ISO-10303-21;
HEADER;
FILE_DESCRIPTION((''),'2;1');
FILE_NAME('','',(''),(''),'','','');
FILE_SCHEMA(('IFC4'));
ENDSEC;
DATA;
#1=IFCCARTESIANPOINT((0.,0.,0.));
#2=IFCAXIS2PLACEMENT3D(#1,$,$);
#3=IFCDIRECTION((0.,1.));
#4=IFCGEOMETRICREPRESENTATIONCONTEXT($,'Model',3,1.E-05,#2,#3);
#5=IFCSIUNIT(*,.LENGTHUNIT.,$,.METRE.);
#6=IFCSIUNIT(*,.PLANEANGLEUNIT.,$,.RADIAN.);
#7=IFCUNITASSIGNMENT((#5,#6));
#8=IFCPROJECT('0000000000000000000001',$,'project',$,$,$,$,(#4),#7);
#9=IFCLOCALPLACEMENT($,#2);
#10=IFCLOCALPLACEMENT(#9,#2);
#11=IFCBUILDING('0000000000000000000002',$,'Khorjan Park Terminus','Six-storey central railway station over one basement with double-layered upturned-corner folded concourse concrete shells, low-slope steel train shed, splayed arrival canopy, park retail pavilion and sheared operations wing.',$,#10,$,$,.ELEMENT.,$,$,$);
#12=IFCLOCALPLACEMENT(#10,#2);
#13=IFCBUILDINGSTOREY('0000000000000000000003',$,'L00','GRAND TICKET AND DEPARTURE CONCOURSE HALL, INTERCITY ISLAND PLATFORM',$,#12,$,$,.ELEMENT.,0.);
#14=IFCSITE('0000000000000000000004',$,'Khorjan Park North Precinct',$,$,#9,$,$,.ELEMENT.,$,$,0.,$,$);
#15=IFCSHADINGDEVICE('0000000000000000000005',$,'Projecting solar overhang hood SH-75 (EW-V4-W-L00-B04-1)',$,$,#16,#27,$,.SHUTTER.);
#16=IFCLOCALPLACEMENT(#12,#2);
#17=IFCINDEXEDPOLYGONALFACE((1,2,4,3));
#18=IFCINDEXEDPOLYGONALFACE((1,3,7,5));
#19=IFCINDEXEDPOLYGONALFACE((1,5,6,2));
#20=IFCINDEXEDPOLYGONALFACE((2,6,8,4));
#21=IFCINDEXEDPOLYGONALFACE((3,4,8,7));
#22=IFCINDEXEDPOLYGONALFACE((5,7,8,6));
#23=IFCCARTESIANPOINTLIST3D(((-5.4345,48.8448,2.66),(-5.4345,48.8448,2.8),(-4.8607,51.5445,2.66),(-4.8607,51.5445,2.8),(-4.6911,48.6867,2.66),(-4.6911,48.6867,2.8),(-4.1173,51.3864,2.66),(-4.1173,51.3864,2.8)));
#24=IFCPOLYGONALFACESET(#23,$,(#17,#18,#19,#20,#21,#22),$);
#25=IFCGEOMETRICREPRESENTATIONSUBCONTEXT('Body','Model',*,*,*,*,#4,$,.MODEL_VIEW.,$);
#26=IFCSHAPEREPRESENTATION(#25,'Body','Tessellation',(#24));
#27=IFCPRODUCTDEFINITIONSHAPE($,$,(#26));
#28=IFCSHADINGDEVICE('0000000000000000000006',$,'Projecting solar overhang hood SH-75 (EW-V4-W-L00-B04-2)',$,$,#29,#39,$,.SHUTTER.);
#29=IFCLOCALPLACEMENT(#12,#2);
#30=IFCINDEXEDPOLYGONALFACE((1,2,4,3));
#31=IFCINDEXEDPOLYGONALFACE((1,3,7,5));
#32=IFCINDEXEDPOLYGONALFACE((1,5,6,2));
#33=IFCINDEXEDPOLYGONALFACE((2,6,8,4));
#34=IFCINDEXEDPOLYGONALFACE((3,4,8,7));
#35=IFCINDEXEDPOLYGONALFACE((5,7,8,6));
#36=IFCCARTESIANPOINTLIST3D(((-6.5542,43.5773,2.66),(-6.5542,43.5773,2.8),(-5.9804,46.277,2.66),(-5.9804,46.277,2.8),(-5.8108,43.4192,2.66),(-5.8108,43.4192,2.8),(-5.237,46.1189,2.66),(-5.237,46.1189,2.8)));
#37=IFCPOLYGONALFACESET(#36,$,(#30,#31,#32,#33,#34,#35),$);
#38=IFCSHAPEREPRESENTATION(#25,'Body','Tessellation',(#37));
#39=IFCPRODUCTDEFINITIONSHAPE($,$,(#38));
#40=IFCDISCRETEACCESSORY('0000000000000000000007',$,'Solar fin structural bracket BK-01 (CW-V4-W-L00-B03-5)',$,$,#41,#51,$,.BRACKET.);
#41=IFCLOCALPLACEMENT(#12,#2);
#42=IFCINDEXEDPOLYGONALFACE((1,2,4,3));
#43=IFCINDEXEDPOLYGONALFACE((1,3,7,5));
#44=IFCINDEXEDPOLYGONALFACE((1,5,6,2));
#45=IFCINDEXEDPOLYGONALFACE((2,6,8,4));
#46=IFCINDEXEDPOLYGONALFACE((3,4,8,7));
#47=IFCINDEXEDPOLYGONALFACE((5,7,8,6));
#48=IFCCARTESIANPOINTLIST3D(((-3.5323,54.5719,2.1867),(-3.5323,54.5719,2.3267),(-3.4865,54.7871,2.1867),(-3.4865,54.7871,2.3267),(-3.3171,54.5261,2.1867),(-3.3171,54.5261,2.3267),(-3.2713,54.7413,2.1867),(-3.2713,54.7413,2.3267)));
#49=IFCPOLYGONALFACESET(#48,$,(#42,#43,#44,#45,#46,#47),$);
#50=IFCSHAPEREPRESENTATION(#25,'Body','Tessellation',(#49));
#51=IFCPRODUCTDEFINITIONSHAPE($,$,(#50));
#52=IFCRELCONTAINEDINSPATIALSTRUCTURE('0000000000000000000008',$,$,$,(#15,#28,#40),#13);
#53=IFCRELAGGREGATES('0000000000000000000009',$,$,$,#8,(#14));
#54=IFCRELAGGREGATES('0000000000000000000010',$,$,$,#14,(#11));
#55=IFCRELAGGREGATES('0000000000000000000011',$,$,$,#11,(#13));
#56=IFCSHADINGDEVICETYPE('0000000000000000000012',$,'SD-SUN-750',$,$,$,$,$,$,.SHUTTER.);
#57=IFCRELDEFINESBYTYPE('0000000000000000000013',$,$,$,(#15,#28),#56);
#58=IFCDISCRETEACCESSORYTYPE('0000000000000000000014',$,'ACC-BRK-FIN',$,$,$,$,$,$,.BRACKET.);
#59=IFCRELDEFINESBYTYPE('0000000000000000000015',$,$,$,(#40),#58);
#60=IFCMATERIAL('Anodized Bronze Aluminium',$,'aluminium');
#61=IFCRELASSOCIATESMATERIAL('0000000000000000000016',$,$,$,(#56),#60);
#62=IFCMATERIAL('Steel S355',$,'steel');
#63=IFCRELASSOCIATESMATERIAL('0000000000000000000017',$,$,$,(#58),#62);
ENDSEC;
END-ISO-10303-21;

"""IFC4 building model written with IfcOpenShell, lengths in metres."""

from ifc_helpers import new_model, si_unit, direction, frame, origin, origin_2d, place, context, subcontext, project, spatial, rectangle, extrude, material, type_object, element, save


model = new_model("IFC4")

# Units and contexts
model_context = context("Model", 3, precision=1e-05, world=origin(), true_north=direction((0.0, 1.0)))
body_context = subcontext(model_context, "Body", "Model", "MODEL_VIEW")
ifc_project = project(units=[si_unit("LENGTHUNIT", "METRE"), si_unit("PLANEANGLEUNIT", "RADIAN")], contexts=[model_context])

# Site, building, storey
site_placement = place(None, origin())
site = spatial("IfcSite", under=ifc_project, at=site_placement, Name="Khorjan Park North Precinct", CompositionType="ELEMENT", RefElevation=0.0)
building_placement = place(site_placement, origin())
building = spatial("IfcBuilding", under=site, at=building_placement, Name="Khorjan Park Terminus", Description="Six-storey central railway station over one basement with double-layered upturned-corner folded concourse concrete shells, low-slope steel train shed, splayed arrival canopy, park retail pavilion and sheared operations wing.", CompositionType="ELEMENT")
storey_placement = place(building_placement, origin())
storey = spatial("IfcBuildingStorey", under=building, at=storey_placement, Name="L00", Description="GRAND TICKET AND DEPARTURE CONCOURSE HALL, INTERCITY ISLAND PLATFORM", CompositionType="ELEMENT", Elevation=0.0)

# Shared definitions
ifc_material_1 = material(Name="Steel S355", Category="steel")

# Shared definitions
ifc_material_2 = material(Name="Anodized Bronze Aluminium", Category="aluminium")

# Shading devices
shading_device_type_1 = type_object("IfcShadingDeviceType", Name="SD-SUN-750", PredefinedType="SHUTTER", material=ifc_material_2)
for number, where, z_axis, x_axis, name in (
    (1, (-4.7759, 50.1156, 2.66), (0.0, 0.0, 1.0), (-0.207913, -0.978147, 0.0), "Projecting solar overhang hood SH-75 (EW-V4-W-L00-B04-1)"),
    (2, (-5.8956, 44.8481, 2.66), (0.0, 0.0, 1.0), (-0.207913, -0.978147, 0.0), "Projecting solar overhang hood SH-75 (EW-V4-W-L00-B04-2)"),
):
    element("IfcShadingDevice", number, at=place(storey_placement, frame(where, z_axis=z_axis, x_axis=x_axis)), inside=storey, type_object=shading_device_type_1, Name=name, PredefinedType="SHUTTER", context=body_context, shape_type="SweptSolid", body=[
        extrude(rectangle(XDim=2.76, YDim=0.76, at=origin_2d()), origin(), (0.0, 0.0, 1.0), 0.14),
    ])

# Discrete accessory
discrete_accessory_type = type_object("IfcDiscreteAccessoryType", Name="ACC-BRK-FIN", PredefinedType="BRACKET", material=ifc_material_1)
discrete_accessory_placement = place(storey_placement, frame((-3.4018, 54.6566, 2.1867), z_axis=(0.0, 0.0, 1.0), x_axis=(-0.207917, -0.978147, 0.0)))
element("IfcDiscreteAccessory", 3, at=discrete_accessory_placement, inside=storey, type_object=discrete_accessory_type, Name="Solar fin structural bracket BK-01 (CW-V4-W-L00-B03-5)", PredefinedType="BRACKET", context=body_context, shape_type="SweptSolid", body=[
    extrude(rectangle(XDim=0.22, YDim=0.22, at=origin_2d()), origin(), (0.0, 0.0, 1.0), 0.14),
])

save(model, "model.ifc")
